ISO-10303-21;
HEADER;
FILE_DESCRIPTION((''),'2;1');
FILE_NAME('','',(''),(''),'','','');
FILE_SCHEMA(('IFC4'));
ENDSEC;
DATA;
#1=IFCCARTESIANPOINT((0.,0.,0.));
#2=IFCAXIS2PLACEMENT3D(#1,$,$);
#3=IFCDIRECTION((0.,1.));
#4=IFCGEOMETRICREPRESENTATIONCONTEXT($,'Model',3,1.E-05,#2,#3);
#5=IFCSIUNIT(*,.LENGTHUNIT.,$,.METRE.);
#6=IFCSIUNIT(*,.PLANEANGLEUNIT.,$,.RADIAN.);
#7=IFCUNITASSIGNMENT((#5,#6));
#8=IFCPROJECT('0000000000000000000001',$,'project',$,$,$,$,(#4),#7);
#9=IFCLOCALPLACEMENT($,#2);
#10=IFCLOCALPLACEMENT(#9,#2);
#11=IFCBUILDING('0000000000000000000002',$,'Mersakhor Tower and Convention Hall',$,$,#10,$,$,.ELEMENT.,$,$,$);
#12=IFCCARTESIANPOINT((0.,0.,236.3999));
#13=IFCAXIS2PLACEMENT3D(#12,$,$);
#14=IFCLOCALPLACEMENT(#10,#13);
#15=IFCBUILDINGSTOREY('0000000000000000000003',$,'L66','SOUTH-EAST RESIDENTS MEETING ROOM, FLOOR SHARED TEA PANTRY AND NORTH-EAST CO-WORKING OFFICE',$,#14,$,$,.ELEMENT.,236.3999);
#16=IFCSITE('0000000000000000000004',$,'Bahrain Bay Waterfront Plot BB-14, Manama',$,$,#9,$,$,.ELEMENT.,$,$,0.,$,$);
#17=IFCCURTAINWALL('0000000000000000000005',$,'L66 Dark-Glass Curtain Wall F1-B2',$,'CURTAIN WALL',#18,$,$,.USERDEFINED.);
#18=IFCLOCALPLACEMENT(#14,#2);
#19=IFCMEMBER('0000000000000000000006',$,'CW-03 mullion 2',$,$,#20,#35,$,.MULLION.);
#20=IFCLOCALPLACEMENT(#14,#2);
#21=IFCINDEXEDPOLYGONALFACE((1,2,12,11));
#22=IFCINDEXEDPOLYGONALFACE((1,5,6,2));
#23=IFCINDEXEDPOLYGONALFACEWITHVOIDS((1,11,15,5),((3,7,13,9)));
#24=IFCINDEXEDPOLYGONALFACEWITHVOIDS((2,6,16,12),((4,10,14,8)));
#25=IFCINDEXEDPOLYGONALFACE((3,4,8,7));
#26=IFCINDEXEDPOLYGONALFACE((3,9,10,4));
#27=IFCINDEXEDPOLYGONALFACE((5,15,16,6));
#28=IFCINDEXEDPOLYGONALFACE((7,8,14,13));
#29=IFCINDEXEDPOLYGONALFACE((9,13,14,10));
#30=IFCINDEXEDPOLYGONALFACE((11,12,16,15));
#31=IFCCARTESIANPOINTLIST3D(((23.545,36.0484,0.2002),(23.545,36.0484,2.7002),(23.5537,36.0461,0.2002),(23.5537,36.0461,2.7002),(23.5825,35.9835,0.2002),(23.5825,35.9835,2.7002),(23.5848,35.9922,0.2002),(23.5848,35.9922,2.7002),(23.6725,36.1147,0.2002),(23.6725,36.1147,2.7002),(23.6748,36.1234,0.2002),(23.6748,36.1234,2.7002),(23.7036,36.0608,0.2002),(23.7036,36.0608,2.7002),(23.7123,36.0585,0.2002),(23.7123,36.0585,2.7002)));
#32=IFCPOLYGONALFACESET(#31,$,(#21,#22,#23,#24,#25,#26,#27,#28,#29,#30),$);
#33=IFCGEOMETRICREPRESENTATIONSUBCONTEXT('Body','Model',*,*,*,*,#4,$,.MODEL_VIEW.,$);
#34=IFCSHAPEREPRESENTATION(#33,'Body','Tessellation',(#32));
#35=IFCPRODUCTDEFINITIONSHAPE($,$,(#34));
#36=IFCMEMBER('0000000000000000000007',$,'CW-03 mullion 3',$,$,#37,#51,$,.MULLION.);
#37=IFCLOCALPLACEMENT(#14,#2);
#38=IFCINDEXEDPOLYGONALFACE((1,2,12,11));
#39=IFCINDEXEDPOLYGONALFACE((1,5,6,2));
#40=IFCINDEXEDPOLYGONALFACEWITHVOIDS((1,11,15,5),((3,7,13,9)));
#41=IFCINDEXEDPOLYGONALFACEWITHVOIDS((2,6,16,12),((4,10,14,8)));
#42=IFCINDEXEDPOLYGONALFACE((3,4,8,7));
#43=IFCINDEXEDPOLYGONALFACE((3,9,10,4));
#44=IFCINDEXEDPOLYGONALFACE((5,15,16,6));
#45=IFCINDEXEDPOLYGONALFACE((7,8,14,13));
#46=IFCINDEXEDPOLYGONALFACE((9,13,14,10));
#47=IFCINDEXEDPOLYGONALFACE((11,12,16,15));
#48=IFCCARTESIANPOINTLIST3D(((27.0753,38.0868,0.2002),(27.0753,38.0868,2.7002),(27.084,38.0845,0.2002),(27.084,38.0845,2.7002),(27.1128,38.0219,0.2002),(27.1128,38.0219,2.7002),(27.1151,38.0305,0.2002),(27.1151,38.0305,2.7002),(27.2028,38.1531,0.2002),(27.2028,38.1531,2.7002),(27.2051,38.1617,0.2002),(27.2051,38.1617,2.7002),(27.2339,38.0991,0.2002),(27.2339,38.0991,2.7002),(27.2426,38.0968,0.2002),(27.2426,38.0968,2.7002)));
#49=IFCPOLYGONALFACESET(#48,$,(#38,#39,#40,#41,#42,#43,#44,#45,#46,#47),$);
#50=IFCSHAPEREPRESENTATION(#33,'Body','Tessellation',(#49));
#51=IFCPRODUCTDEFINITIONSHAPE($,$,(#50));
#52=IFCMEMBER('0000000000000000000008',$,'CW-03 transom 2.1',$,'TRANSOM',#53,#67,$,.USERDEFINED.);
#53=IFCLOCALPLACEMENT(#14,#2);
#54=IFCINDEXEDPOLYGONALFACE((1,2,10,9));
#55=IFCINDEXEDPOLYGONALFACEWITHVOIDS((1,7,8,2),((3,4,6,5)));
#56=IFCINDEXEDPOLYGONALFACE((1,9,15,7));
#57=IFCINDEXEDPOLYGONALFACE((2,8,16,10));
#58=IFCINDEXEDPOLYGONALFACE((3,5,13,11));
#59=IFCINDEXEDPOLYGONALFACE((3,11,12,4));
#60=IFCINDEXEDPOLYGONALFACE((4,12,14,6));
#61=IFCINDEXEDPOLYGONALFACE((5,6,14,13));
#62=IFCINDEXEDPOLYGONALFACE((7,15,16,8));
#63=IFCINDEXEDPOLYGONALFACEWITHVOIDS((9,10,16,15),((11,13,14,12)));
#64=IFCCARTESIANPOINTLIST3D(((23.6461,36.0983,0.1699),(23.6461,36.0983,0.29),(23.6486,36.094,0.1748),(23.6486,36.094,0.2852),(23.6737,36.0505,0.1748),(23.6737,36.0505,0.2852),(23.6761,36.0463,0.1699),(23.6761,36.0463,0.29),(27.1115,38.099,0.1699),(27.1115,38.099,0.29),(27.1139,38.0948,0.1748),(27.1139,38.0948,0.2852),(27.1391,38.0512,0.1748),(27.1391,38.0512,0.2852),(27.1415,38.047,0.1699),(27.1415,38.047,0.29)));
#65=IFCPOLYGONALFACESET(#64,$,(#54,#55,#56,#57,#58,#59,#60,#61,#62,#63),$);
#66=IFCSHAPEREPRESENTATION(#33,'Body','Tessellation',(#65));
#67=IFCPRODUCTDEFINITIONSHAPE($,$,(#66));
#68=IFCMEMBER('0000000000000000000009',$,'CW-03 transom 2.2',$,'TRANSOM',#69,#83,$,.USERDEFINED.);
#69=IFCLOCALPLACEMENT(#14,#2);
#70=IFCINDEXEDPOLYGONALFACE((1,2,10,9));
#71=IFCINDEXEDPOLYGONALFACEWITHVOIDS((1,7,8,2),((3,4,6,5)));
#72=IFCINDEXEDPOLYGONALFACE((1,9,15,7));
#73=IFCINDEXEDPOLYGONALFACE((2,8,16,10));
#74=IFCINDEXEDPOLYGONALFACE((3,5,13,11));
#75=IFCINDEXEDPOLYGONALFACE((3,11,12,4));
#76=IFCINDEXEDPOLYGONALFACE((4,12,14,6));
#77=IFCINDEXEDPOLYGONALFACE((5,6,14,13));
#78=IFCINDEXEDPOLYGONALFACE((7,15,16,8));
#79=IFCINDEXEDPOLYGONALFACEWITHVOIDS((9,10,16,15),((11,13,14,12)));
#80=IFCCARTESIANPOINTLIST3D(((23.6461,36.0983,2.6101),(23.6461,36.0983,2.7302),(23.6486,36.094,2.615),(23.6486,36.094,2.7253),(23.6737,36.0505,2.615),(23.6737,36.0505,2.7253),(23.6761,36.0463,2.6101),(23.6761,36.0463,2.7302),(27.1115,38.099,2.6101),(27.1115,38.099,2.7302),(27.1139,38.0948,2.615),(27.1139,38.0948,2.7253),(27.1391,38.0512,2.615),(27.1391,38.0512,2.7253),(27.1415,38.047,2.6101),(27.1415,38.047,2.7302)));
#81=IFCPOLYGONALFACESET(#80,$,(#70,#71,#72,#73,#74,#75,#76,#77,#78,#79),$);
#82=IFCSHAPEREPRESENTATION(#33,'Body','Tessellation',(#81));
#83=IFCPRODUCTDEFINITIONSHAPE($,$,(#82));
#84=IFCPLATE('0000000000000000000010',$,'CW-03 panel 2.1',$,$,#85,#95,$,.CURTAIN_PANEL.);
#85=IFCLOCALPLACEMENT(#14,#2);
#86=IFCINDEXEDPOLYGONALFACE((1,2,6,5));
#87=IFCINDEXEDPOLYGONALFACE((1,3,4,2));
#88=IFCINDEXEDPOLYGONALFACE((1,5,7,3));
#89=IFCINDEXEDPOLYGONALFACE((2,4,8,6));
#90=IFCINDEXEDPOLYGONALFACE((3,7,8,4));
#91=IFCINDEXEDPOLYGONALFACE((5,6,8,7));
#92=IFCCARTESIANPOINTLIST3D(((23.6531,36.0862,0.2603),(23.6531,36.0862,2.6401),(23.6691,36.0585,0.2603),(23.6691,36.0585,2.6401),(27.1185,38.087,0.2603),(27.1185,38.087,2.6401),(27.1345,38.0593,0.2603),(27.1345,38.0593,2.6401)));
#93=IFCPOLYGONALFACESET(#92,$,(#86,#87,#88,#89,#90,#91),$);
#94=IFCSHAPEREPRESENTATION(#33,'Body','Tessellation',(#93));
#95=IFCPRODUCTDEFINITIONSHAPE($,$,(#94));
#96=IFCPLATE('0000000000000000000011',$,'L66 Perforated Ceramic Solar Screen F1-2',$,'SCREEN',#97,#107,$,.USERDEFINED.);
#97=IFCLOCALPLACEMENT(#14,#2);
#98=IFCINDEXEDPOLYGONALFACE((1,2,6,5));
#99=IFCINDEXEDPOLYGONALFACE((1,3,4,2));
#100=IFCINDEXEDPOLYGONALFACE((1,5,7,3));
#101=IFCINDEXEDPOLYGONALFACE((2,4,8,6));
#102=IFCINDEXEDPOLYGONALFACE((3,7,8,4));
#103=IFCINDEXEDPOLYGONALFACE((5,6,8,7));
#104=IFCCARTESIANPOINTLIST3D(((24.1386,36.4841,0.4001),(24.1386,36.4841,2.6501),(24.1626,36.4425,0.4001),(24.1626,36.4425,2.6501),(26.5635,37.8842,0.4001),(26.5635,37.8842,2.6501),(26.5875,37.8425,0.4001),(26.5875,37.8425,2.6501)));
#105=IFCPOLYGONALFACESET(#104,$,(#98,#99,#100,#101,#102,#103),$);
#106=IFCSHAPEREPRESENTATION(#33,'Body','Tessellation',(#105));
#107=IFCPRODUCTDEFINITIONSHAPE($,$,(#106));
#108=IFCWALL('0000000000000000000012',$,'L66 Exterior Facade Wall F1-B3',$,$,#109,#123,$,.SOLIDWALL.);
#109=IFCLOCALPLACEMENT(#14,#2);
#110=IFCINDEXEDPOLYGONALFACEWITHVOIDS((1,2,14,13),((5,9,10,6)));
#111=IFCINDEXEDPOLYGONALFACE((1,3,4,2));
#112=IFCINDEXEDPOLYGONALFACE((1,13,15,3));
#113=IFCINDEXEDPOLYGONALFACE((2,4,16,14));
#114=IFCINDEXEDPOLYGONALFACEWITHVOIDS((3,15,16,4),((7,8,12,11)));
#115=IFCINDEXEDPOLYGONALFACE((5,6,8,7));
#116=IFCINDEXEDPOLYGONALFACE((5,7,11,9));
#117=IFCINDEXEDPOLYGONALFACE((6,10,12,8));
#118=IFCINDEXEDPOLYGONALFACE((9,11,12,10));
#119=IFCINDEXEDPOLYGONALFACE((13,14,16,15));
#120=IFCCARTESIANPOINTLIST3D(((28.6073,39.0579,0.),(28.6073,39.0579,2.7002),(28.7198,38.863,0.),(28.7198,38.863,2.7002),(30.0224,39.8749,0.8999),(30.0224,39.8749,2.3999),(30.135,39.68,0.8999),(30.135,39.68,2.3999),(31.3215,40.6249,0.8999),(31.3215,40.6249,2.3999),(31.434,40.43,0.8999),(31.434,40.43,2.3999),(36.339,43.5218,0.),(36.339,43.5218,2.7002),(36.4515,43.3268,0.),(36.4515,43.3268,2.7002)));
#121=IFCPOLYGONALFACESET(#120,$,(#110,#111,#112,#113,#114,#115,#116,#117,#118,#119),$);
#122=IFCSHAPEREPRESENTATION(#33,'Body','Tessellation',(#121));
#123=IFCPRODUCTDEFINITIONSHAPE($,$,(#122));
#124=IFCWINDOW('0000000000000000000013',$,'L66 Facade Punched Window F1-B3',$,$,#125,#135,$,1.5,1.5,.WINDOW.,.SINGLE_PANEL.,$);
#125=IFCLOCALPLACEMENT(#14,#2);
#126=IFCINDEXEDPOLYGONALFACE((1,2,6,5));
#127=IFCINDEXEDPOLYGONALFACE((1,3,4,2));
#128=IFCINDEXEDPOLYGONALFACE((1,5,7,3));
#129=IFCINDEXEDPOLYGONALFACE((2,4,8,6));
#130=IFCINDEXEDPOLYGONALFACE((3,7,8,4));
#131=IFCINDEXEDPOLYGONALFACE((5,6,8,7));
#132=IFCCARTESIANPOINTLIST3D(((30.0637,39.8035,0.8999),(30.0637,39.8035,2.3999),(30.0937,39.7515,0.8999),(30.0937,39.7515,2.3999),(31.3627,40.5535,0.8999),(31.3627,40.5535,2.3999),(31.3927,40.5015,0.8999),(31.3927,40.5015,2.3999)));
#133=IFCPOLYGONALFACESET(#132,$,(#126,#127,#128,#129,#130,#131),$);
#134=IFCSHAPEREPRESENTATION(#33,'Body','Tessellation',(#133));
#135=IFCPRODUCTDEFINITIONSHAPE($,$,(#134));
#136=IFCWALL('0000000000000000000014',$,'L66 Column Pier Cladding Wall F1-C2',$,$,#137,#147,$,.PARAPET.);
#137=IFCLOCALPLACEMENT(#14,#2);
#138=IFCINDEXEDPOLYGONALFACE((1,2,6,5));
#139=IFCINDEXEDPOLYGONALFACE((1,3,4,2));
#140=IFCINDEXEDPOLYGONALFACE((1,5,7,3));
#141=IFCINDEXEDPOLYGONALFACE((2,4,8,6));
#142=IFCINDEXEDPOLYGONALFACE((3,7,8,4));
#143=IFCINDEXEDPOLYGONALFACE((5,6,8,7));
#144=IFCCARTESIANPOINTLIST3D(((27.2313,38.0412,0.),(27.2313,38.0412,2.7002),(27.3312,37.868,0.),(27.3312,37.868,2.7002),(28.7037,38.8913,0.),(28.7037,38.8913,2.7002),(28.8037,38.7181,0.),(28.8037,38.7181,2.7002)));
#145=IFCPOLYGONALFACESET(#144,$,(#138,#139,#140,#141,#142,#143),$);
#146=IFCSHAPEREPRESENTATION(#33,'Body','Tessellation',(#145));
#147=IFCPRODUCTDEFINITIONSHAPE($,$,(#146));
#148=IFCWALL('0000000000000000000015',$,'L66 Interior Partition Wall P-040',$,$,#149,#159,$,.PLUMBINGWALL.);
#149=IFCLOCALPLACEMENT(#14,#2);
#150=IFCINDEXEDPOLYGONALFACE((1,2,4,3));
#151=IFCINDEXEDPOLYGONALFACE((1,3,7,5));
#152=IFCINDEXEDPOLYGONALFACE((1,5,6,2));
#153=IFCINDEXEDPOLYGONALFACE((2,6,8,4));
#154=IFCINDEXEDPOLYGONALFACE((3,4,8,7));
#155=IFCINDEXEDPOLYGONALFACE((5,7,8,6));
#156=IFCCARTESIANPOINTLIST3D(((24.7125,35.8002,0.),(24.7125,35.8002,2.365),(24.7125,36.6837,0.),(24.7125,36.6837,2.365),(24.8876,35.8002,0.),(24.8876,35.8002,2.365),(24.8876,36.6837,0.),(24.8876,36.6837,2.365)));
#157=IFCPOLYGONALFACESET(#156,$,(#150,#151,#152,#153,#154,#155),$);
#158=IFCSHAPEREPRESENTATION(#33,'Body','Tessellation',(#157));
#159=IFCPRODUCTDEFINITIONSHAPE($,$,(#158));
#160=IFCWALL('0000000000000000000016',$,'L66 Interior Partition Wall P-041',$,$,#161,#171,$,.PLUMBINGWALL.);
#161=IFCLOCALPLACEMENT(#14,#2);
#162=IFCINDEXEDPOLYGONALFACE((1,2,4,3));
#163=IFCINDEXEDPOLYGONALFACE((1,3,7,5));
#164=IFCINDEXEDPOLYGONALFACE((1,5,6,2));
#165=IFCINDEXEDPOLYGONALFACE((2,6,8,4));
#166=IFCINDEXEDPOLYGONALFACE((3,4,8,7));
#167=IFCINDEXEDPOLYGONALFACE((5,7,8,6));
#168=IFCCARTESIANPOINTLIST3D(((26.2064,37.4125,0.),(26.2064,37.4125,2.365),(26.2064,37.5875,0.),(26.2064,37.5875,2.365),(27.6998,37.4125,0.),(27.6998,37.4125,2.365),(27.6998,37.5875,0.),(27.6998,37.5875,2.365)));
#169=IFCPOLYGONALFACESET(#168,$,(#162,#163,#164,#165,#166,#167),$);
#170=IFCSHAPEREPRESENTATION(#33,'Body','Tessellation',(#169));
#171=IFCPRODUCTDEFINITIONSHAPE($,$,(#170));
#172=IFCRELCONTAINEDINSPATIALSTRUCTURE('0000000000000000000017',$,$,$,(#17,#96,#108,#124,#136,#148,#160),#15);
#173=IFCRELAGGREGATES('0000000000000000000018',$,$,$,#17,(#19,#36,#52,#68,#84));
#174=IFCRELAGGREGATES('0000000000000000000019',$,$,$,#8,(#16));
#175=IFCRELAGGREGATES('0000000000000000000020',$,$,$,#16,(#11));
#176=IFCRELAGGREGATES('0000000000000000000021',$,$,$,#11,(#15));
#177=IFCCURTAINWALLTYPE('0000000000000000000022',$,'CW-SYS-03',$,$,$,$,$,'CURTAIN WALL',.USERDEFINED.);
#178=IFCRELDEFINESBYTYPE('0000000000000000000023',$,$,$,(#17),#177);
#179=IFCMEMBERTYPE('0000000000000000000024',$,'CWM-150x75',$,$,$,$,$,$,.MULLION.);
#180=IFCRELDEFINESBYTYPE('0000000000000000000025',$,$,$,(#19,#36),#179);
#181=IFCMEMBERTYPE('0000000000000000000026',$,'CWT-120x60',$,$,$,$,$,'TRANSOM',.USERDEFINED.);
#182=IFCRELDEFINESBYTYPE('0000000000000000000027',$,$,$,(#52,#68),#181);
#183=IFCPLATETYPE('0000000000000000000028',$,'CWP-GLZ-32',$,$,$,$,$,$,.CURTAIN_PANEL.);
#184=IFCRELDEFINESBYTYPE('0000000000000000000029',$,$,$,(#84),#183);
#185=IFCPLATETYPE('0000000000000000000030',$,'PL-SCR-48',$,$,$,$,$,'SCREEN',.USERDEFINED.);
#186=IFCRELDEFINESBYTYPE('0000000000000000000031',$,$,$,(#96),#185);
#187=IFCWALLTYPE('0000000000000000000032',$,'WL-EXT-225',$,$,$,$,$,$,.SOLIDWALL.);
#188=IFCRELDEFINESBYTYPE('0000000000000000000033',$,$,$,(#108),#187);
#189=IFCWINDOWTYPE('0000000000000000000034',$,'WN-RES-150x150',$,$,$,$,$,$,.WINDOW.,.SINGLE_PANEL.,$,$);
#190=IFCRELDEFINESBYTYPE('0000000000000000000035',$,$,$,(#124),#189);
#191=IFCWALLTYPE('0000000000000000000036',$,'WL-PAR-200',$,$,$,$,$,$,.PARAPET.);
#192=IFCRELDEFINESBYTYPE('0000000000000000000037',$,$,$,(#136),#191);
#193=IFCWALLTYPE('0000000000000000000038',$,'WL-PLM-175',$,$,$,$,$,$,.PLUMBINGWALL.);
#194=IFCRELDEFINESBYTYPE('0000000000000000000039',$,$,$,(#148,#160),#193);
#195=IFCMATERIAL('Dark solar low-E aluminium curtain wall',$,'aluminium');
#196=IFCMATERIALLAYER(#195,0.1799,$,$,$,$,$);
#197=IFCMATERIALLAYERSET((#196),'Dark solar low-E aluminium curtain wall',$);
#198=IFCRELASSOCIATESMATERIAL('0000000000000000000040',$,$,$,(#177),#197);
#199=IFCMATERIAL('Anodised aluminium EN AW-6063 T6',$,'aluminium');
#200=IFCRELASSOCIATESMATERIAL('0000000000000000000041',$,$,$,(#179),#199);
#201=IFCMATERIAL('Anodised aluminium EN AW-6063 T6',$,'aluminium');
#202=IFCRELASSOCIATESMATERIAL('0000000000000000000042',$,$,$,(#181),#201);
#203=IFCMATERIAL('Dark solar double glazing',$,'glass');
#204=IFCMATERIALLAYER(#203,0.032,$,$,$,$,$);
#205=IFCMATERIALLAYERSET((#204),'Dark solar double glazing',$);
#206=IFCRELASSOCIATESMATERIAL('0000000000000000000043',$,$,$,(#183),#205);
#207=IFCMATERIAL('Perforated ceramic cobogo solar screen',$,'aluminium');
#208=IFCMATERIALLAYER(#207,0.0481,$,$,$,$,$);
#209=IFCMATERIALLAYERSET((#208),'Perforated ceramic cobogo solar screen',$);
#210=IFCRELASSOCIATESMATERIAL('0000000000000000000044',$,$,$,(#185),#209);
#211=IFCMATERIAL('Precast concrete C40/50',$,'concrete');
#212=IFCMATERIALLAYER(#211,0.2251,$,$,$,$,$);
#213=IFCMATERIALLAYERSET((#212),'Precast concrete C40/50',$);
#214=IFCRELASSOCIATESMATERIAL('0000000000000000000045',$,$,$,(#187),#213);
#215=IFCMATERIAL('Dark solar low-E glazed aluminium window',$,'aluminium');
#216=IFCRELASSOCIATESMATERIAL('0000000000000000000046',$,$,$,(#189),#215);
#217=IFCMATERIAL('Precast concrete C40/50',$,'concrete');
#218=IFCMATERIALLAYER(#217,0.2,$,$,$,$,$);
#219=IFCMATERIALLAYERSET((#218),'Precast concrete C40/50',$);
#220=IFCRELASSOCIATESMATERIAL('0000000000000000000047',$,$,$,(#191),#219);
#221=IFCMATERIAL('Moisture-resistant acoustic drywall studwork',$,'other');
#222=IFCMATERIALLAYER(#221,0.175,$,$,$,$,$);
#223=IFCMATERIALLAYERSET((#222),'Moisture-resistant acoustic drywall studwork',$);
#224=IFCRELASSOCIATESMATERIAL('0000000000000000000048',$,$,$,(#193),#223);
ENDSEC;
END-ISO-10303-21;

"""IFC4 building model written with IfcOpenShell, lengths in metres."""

from ifc_helpers import new_model, si_unit, direction, frame, frame_2d, origin, origin_2d, place, context, subcontext, project, spatial, rectangle, hollow_rectangle, extrude, material, layer, layer_set, material_profile, profile_set, type_object, element, fill, aggregate, save


model = new_model("IFC4")

# Units and contexts
model_context = context("Model", 3, precision=1e-05, world=origin(), true_north=direction((0.0, 1.0)))
body_context = subcontext(model_context, "Body", "Model", "MODEL_VIEW")
ifc_project = project(units=[si_unit("LENGTHUNIT", "METRE"), si_unit("PLANEANGLEUNIT", "RADIAN")], contexts=[model_context])

# Site, building, storey
site_placement = place(None, origin())
site = spatial("IfcSite", under=ifc_project, at=site_placement, Name="Bahrain Bay Waterfront Plot BB-14, Manama", CompositionType="ELEMENT", RefElevation=0.0)
building_placement = place(site_placement, origin())
building = spatial("IfcBuilding", under=site, at=building_placement, Name="Mersakhor Tower and Convention Hall", CompositionType="ELEMENT")
storey_placement = place(building_placement, frame((0.0, 0.0, 236.3999)))
storey = spatial("IfcBuildingStorey", under=building, at=storey_placement, Name="L66", Description="SOUTH-EAST RESIDENTS MEETING ROOM, FLOOR SHARED TEA PANTRY AND NORTH-EAST CO-WORKING OFFICE", CompositionType="ELEMENT", Elevation=236.3999)

# Curtain wall, members, plate
ifc_material_1 = material(Name="Dark solar low-E aluminium curtain wall", Category="aluminium")
ifc_layer_1 = layer(ifc_material_1, 0.1799)
ifc_layer_set_1 = layer_set([ifc_layer_1], Name="Dark solar low-E aluminium curtain wall")
curtain_wall_type = type_object("IfcCurtainWallType", Name="CW-SYS-03", ElementType="CURTAIN WALL", PredefinedType="USERDEFINED", material=ifc_layer_set_1)
curtain_wall_placement = place(storey_placement, origin())
curtain_wall = element("IfcCurtainWall", 1, at=curtain_wall_placement, inside=storey, type_object=curtain_wall_type, Name="L66 Dark-Glass Curtain Wall F1-B2", ObjectType="CURTAIN WALL", PredefinedType="USERDEFINED")
ifc_material_2 = material(Name="Anodised aluminium EN AW-6063 T6", Category="aluminium")
ifc_material_profile_1 = material_profile(ifc_material_2, hollow_rectangle(XDim=0.075, YDim=0.1499, WallThickness=0.0063, at=origin_2d()), Name="RHS 150x75x6.3")
ifc_profile_set_1 = profile_set([ifc_material_profile_1], Name="Anodised aluminium EN AW-6063 T6")
member_type_1 = type_object("IfcMemberType", Name="CWM-150x75", PredefinedType="MULLION", material=ifc_profile_set_1)
member_1_placement = place(storey_placement, frame((23.6287, 36.0535, 0.2002), z_axis=(0.0, 0.0, 1.0), x_axis=(-0.500004, 0.866023, 0.0)))
member_1 = element("IfcMember", 2, at=member_1_placement, type_object=member_type_1, Name="CW-03 mullion 2", PredefinedType="MULLION", context=body_context, shape_type="SweptSolid", body=[
    extrude(hollow_rectangle(XDim=0.075, YDim=0.1499, WallThickness=0.0063, at=origin_2d()), origin(), (0.0, 0.0, 1.0), 2.5),
])
member_2_placement = place(storey_placement, frame((27.1589, 38.0918, 0.2002), z_axis=(0.0, 0.0, 1.0), x_axis=(-0.500004, 0.866023, 0.0)))
member_2 = element("IfcMember", 3, at=member_2_placement, type_object=member_type_1, Name="CW-03 mullion 3", PredefinedType="MULLION", context=body_context, shape_type="SweptSolid", body=[
    extrude(hollow_rectangle(XDim=0.075, YDim=0.1499, WallThickness=0.0063, at=origin_2d()), origin(), (0.0, 0.0, 1.0), 2.5),
])
ifc_material_3 = material(Name="Anodised aluminium EN AW-6063 T6", Category="aluminium")
ifc_material_profile_2 = material_profile(ifc_material_3, hollow_rectangle(XDim=0.0601, YDim=0.1201, WallThickness=0.0049, at=origin_2d()), Name="RHS 120x60x5")
ifc_profile_set_2 = profile_set([ifc_material_profile_2], Name="Anodised aluminium EN AW-6063 T6")
member_type_2 = type_object("IfcMemberType", Name="CWT-120x60", ElementType="TRANSOM", PredefinedType="USERDEFINED", material=ifc_profile_set_2)
member_3_placement = place(storey_placement, frame((23.6611, 36.0723, 0.23), z_axis=(0.866023, 0.500004, 0.0), x_axis=(-0.500004, 0.866023, 0.0)))
member_3 = element("IfcMember", 4, at=member_3_placement, type_object=member_type_2, Name="CW-03 transom 2.1", ObjectType="TRANSOM", PredefinedType="USERDEFINED", context=body_context, shape_type="SweptSolid", body=[
    extrude(hollow_rectangle(XDim=0.0601, YDim=0.1201, WallThickness=0.0049, at=origin_2d()), origin(), (0.0, 0.0, 1.0), 4.0015),
])
member_4_placement = place(storey_placement, frame((23.6611, 36.0723, 2.6702), z_axis=(0.866023, 0.500004, 0.0), x_axis=(-0.500004, 0.866023, 0.0)))
member_4 = element("IfcMember", 5, at=member_4_placement, type_object=member_type_2, Name="CW-03 transom 2.2", ObjectType="TRANSOM", PredefinedType="USERDEFINED", context=body_context, shape_type="SweptSolid", body=[
    extrude(hollow_rectangle(XDim=0.0601, YDim=0.1201, WallThickness=0.0049, at=origin_2d()), origin(), (0.0, 0.0, 1.0), 4.0015),
])
ifc_material_4 = material(Name="Dark solar double glazing", Category="glass")
ifc_layer_2 = layer(ifc_material_4, 0.032)
ifc_layer_set_2 = layer_set([ifc_layer_2], Name="Dark solar double glazing")
plate_type_1 = type_object("IfcPlateType", Name="CWP-GLZ-32", PredefinedType="CURTAIN_PANEL", material=ifc_layer_set_2)
plate_1_placement = place(storey_placement, frame((25.3938, 37.0728, 0.2603), z_axis=(0.0, 0.0, 1.0), x_axis=(0.866023, 0.500004, 0.0)))
plate_1 = element("IfcPlate", 6, at=plate_1_placement, type_object=plate_type_1, Name="CW-03 panel 2.1", PredefinedType="CURTAIN_PANEL", context=body_context, shape_type="SweptSolid", body=[
    extrude(rectangle(XDim=4.0015, YDim=0.032, at=origin_2d()), origin(), (0.0, 0.0, 1.0), 2.3799),
])
aggregate(curtain_wall, [member_1, member_2, member_3, member_4, plate_1])

# Plate
ifc_material_5 = material(Name="Perforated ceramic cobogo solar screen", Category="aluminium")
ifc_layer_3 = layer(ifc_material_5, 0.0481)
ifc_layer_set_3 = layer_set([ifc_layer_3], Name="Perforated ceramic cobogo solar screen")
plate_type_2 = type_object("IfcPlateType", Name="PL-SCR-48", ElementType="SCREEN", PredefinedType="USERDEFINED", material=ifc_layer_set_3)
plate_2_placement = place(storey_placement, frame((25.363, 37.1633, 0.4001), z_axis=(0.0, 0.0, 1.0), x_axis=(0.866025, 0.5, 0.0)))
element("IfcPlate", 7, at=plate_2_placement, inside=storey, type_object=plate_type_2, Name="L66 Perforated Ceramic Solar Screen F1-2", ObjectType="SCREEN", PredefinedType="USERDEFINED", context=body_context, shape_type="SweptSolid", body=[
    extrude(rectangle(XDim=2.8, YDim=0.0481, at=origin_2d()), origin(), (0.0, 0.0, 1.0), 2.25),
])

# Wall, opening, window
ifc_material_6 = material(Name="Precast concrete C40/50", Category="concrete")
ifc_layer_4 = layer(ifc_material_6, 0.2251)
ifc_layer_set_4 = layer_set([ifc_layer_4], Name="Precast concrete C40/50")
wall_type_1 = type_object("IfcWallType", Name="WL-EXT-225", PredefinedType="SOLIDWALL", material=ifc_layer_set_4)
wall_1_placement = place(storey_placement, frame((28.6636, 38.9604, 0.0), z_axis=(0.0, 0.0, 1.0), x_axis=(0.866027, 0.499998, 0.0)))
wall_1 = element("IfcWall", 8, at=wall_1_placement, inside=storey, type_object=wall_type_1, Name="L66 Exterior Facade Wall F1-B3", PredefinedType="SOLIDWALL", context=body_context, shape_type="SweptSolid", body=[
    extrude(rectangle(XDim=8.9277, YDim=0.2251, at=frame_2d((4.4639, 0.0))), origin(), (0.0, 0.0, 1.0), 2.7002),
])
opening_1_placement = place(wall_1_placement, frame((1.634, 0.0, 0.8999)))
opening_1 = element("IfcOpeningElement", 9, at=opening_1_placement, cuts=wall_1, PredefinedType="OPENING", context=body_context, shape_type="SweptSolid", body=[
    extrude(rectangle(XDim=1.5, YDim=1.5, at=frame_2d((0.75, 0.75))), frame((0.0, 0.1226, 0.0), z_axis=(0.0, -1.0, 0.0), x_axis=(1.0, 0.0, 0.0)), (0.0, 0.0, 1.0), 0.2451),
])
ifc_material_7 = material(Name="Dark solar low-E glazed aluminium window", Category="aluminium")
window_type = type_object("IfcWindowType", Name="WN-RES-150x150", PartitioningType="SINGLE_PANEL", PredefinedType="WINDOW", material=ifc_material_7)
window_placement = place(opening_1_placement, origin())
window = element("IfcWindow", 10, at=window_placement, inside=storey, type_object=window_type, Name="L66 Facade Punched Window F1-B3", OverallHeight=1.5, OverallWidth=1.5, PartitioningType="SINGLE_PANEL", PredefinedType="WINDOW", context=body_context, shape_type="SweptSolid", body=[
    extrude(rectangle(XDim=1.5, YDim=1.5, at=frame_2d((0.75, 0.75))), frame((0.0, 0.03, 0.0), z_axis=(0.0, -1.0, 0.0), x_axis=(1.0, 0.0, 0.0)), (0.0, 0.0, 1.0), 0.0601),
])
fill(opening_1, window)

# Walls
ifc_material_8 = material(Name="Precast concrete C40/50", Category="concrete")
ifc_layer_5 = layer(ifc_material_8, 0.2)
ifc_layer_set_5 = layer_set([ifc_layer_5], Name="Precast concrete C40/50")
wall_type_2 = type_object("IfcWallType", Name="WL-PAR-200", PredefinedType="PARAPET", material=ifc_layer_set_5)
wall_2_placement = place(storey_placement, frame((27.2812, 37.9546, 0.0), z_axis=(0.0, 0.0, 1.0), x_axis=(0.866025, 0.5, 0.0)))
element("IfcWall", 11, at=wall_2_placement, inside=storey, type_object=wall_type_2, Name="L66 Column Pier Cladding Wall F1-C2", PredefinedType="PARAPET", context=body_context, shape_type="SweptSolid", body=[
    extrude(rectangle(XDim=1.7002, YDim=0.2, at=frame_2d((0.8501, 0.0))), origin(), (0.0, 0.0, 1.0), 2.7002),
])
ifc_material_9 = material(Name="Moisture-resistant acoustic drywall studwork", Category="other")
ifc_layer_6 = layer(ifc_material_9, 0.175)
ifc_layer_set_6 = layer_set([ifc_layer_6], Name="Moisture-resistant acoustic drywall studwork")
wall_type_3 = type_object("IfcWallType", Name="WL-PLM-175", PredefinedType="PLUMBINGWALL", material=ifc_layer_set_6)
wall_3_placement = place(storey_placement, frame((24.8, 35.8, 0.0), z_axis=(0.0, 0.0, 1.0), x_axis=(0.0, 1.0, 0.0)))
element("IfcWall", 12, at=wall_3_placement, inside=storey, type_object=wall_type_3, Name="L66 Interior Partition Wall P-040", PredefinedType="PLUMBINGWALL", context=body_context, shape_type="SweptSolid", body=[
    extrude(rectangle(XDim=0.8835, YDim=0.175, at=frame_2d((0.4419, 0.0))), origin(), (0.0, 0.0, 1.0), 2.365),
])
wall_4_placement = place(storey_placement, frame((26.2065, 37.5, 0.0), z_axis=(0.0, 0.0, 1.0), x_axis=(1.0, 0.0, 0.0)))
element("IfcWall", 13, at=wall_4_placement, inside=storey, type_object=wall_type_3, Name="L66 Interior Partition Wall P-041", PredefinedType="PLUMBINGWALL", context=body_context, shape_type="SweptSolid", body=[
    extrude(rectangle(XDim=1.4934, YDim=0.175, at=frame_2d((0.7466, 0.0))), origin(), (0.0, 0.0, 1.0), 2.365),
])

save(model, "model.ifc")
